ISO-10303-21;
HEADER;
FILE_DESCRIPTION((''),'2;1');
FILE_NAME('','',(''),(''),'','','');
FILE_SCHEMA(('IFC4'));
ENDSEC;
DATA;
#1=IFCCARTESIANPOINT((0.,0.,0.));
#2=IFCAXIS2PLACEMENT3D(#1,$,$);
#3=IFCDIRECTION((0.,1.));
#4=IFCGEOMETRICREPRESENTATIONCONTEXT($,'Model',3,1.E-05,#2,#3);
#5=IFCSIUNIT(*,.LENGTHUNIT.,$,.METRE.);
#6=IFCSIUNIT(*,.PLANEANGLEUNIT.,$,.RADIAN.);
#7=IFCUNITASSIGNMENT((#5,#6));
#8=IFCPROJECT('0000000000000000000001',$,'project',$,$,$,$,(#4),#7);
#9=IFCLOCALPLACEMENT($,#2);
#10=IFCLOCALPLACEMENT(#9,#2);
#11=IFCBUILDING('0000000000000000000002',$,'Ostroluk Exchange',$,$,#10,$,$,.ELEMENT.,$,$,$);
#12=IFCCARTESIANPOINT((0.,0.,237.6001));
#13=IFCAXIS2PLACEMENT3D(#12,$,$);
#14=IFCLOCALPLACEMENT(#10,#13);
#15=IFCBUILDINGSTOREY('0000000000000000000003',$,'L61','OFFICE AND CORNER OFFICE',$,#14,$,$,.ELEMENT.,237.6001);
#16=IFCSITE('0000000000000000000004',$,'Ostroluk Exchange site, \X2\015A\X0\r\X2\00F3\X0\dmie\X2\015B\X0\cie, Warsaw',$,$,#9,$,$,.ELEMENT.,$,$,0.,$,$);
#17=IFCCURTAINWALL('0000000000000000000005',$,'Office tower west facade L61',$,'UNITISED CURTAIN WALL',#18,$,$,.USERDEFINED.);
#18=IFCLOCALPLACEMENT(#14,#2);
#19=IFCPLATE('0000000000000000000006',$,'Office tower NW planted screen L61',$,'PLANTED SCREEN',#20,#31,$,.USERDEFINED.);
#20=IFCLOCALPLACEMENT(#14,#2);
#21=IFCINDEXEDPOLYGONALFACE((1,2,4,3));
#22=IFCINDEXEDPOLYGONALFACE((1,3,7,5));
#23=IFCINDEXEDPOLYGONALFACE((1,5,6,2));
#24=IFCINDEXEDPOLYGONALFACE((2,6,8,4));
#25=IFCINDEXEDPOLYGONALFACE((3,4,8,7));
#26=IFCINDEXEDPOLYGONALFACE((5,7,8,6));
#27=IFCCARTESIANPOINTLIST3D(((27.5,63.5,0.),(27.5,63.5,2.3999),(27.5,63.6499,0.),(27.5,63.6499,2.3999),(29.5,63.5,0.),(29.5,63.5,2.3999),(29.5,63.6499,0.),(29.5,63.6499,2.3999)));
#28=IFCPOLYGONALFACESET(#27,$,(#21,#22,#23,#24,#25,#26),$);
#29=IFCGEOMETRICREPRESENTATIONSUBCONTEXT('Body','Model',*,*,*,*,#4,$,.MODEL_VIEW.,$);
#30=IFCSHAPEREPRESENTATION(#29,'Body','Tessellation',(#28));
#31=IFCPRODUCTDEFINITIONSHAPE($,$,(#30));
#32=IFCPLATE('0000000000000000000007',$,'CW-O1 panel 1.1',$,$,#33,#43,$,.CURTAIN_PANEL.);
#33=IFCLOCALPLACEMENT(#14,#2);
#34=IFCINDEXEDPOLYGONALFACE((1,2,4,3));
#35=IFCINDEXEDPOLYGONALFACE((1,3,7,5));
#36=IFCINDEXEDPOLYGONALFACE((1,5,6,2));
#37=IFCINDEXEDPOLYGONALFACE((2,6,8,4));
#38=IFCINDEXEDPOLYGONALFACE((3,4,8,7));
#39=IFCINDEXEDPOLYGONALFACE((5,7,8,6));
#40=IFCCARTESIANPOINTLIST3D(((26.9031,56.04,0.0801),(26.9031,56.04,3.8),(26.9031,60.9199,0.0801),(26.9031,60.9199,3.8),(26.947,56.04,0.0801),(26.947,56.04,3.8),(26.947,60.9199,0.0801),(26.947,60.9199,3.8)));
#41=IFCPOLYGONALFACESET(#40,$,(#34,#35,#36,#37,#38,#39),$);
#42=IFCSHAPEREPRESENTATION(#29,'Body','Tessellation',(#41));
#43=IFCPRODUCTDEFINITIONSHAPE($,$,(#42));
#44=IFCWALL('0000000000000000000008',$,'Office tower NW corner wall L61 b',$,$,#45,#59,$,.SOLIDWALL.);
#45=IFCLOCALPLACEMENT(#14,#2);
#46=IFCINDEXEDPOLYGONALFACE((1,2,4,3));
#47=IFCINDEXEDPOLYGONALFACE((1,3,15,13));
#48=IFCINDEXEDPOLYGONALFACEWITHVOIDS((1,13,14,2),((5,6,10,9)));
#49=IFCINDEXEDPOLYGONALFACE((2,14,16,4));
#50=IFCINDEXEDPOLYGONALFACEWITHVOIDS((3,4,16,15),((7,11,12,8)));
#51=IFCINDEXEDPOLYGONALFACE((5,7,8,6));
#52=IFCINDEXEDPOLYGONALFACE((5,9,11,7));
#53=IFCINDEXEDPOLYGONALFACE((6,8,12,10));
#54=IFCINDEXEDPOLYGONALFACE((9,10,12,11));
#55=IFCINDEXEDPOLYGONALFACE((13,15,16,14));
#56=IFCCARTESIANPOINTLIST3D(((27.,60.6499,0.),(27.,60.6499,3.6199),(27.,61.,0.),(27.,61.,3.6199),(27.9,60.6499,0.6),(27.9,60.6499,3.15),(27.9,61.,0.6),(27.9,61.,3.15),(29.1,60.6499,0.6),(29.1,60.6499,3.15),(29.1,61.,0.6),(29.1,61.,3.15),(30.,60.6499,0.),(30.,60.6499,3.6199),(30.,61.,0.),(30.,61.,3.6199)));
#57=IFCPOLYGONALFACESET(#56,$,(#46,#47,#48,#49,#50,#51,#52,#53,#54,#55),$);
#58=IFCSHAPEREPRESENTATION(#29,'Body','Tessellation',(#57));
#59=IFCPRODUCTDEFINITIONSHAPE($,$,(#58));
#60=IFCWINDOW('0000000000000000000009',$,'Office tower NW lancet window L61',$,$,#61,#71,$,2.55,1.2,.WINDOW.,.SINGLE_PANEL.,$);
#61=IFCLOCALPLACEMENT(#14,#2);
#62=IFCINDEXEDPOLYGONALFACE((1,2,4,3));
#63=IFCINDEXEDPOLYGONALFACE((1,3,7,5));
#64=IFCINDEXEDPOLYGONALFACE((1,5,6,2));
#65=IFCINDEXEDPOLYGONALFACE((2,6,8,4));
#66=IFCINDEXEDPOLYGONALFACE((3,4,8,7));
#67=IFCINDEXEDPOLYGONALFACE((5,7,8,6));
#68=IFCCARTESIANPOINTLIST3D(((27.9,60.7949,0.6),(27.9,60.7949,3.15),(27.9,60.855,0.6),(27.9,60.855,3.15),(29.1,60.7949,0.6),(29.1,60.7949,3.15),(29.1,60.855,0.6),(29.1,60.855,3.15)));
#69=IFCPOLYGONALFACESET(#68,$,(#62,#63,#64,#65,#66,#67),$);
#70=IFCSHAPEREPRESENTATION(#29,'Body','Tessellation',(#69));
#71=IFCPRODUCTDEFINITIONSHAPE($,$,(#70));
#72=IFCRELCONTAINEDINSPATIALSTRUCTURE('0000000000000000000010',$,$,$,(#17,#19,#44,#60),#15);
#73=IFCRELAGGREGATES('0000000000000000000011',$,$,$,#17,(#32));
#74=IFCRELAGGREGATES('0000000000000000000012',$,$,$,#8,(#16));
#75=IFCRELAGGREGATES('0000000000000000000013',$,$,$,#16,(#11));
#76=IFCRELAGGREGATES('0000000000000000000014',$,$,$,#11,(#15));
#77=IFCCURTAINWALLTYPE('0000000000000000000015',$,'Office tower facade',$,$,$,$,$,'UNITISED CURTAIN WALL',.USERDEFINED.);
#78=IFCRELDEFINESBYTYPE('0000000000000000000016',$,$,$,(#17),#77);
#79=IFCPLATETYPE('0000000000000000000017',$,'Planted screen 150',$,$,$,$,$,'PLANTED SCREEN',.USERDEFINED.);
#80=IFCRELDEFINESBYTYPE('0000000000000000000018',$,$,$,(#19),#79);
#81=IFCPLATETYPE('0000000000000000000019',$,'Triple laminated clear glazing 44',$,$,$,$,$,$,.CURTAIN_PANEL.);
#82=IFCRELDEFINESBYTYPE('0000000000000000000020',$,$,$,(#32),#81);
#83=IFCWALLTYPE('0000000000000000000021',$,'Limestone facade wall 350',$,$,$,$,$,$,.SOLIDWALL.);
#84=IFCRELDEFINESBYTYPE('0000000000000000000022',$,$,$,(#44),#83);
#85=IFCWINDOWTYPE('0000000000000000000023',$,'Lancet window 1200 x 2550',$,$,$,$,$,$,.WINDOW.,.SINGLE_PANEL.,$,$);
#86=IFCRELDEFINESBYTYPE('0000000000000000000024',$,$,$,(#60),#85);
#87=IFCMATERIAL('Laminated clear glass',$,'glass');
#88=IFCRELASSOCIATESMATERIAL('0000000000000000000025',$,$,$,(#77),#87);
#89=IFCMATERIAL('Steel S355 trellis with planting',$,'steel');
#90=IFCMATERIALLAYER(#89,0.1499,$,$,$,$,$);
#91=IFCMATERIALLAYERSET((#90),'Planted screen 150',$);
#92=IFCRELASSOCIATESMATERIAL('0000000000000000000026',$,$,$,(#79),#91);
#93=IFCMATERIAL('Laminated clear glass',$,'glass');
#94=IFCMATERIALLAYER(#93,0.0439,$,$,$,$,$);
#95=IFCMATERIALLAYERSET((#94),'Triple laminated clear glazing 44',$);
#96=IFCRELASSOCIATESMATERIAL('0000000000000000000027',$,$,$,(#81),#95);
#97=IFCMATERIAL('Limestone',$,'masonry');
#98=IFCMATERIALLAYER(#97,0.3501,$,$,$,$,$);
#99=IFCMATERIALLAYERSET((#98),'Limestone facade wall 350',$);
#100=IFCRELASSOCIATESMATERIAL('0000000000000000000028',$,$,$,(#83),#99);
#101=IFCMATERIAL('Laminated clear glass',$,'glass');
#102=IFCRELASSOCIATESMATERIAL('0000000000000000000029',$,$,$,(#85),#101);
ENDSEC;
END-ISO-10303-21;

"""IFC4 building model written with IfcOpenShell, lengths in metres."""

from ifc_helpers import new_model, si_unit, direction, frame, frame_2d, origin, origin_2d, place, context, subcontext, project, spatial, rectangle, extrude, material, layer, layer_set, type_object, element, fill, aggregate, save


model = new_model("IFC4")

# Units and contexts
model_context = context("Model", 3, precision=1e-05, world=origin(), true_north=direction((0.0, 1.0)))
body_context = subcontext(model_context, "Body", "Model", "MODEL_VIEW")
ifc_project = project(units=[si_unit("LENGTHUNIT", "METRE"), si_unit("PLANEANGLEUNIT", "RADIAN")], contexts=[model_context])

# Site, building, storey
site_placement = place(None, origin())
site = spatial("IfcSite", under=ifc_project, at=site_placement, Name="Ostroluk Exchange site, Śródmieście, Warsaw", CompositionType="ELEMENT", RefElevation=0.0)
building_placement = place(site_placement, origin())
building = spatial("IfcBuilding", under=site, at=building_placement, Name="Ostroluk Exchange", CompositionType="ELEMENT")
storey_placement = place(building_placement, frame((0.0, 0.0, 237.6001)))
storey = spatial("IfcBuildingStorey", under=building, at=storey_placement, Name="L61", Description="OFFICE AND CORNER OFFICE", CompositionType="ELEMENT", Elevation=237.6001)

# Curtain wall
ifc_material_1 = material(Name="Laminated clear glass", Category="glass")
curtain_wall_type = type_object("IfcCurtainWallType", Name="Office tower facade", ElementType="UNITISED CURTAIN WALL", PredefinedType="USERDEFINED", material=ifc_material_1)
curtain_wall_1_placement = place(storey_placement, origin())
curtain_wall_1 = element("IfcCurtainWall", 1, at=curtain_wall_1_placement, inside=storey, type_object=curtain_wall_type, Name="Office tower west facade L61", ObjectType="UNITISED CURTAIN WALL", PredefinedType="USERDEFINED")

# Plates
ifc_material_2 = material(Name="Steel S355 trellis with planting", Category="steel")
ifc_layer_1 = layer(ifc_material_2, 0.1499)
ifc_layer_set_1 = layer_set([ifc_layer_1], Name="Planted screen 150")
plate_type_1 = type_object("IfcPlateType", Name="Planted screen 150", ElementType="PLANTED SCREEN", PredefinedType="USERDEFINED", material=ifc_layer_set_1)
plate_1_placement = place(storey_placement, frame((28.5, 63.575, 0.0), z_axis=(0.0, 0.0, 1.0), x_axis=(1.0, 0.0, 0.0)))
element("IfcPlate", 2, at=plate_1_placement, inside=storey, type_object=plate_type_1, Name="Office tower NW planted screen L61", ObjectType="PLANTED SCREEN", PredefinedType="USERDEFINED", context=body_context, shape_type="SweptSolid", body=[
    extrude(rectangle(XDim=2.0, YDim=0.1499, at=origin_2d()), origin(), (0.0, 0.0, 1.0), 2.3999),
])
ifc_material_3 = material(Name="Laminated clear glass", Category="glass")
ifc_layer_2 = layer(ifc_material_3, 0.0439)
ifc_layer_set_2 = layer_set([ifc_layer_2], Name="Triple laminated clear glazing 44")
plate_type_2 = type_object("IfcPlateType", Name="Triple laminated clear glazing 44", PredefinedType="CURTAIN_PANEL", material=ifc_layer_set_2)
plate_2_placement = place(storey_placement, frame((26.925, 58.48, 0.0801), z_axis=(0.0, 0.0, 1.0), x_axis=(0.0, -1.0, 0.0)))
plate_2 = element("IfcPlate", 3, at=plate_2_placement, type_object=plate_type_2, Name="CW-O1 panel 1.1", PredefinedType="CURTAIN_PANEL", context=body_context, shape_type="SweptSolid", body=[
    extrude(rectangle(XDim=4.8799, YDim=0.0439, at=origin_2d()), origin(), (0.0, 0.0, 1.0), 3.72),
])
aggregate(curtain_wall_1, [plate_2])

# Shared definitions
ifc_material_4 = material(Name="Limestone", Category="masonry")
ifc_layer_3 = layer(ifc_material_4, 0.3501)
ifc_layer_set_3 = layer_set([ifc_layer_3], Name="Limestone facade wall 350")
wall_type = type_object("IfcWallType", Name="Limestone facade wall 350", PredefinedType="SOLIDWALL", material=ifc_layer_set_3)

# Wall, opening, window
wall_1_placement = place(storey_placement, frame((30.0, 60.825, 0.0), z_axis=(0.0, 0.0, 1.0), x_axis=(-1.0, 0.0, 0.0)))
wall_1 = element("IfcWall", 4, at=wall_1_placement, inside=storey, type_object=wall_type, Name="Office tower NW corner wall L61 b", PredefinedType="SOLIDWALL", context=body_context, shape_type="SweptSolid", body=[
    extrude(rectangle(XDim=3.0, YDim=0.3501, at=frame_2d((1.5, 0.0))), origin(), (0.0, 0.0, 1.0), 3.6199),
])
opening_1_placement = place(wall_1_placement, frame((0.8999, 0.0, 0.6001)))
opening_1 = element("IfcOpeningElement", 5, at=opening_1_placement, cuts=wall_1, PredefinedType="OPENING", context=body_context, shape_type="SweptSolid", body=[
    extrude(rectangle(XDim=1.2, YDim=2.55, at=frame_2d((0.6001, 1.2749))), frame((0.0, 0.1851, 0.0), z_axis=(0.0, -1.0, 0.0), x_axis=(1.0, 0.0, 0.0)), (0.0, 0.0, 1.0), 0.3701),
])
ifc_material_5 = material(Name="Laminated clear glass", Category="glass")
window_type = type_object("IfcWindowType", Name="Lancet window 1200 x 2550", PartitioningType="SINGLE_PANEL", PredefinedType="WINDOW", material=ifc_material_5)
window_placement = place(opening_1_placement, origin())
window = element("IfcWindow", 6, at=window_placement, inside=storey, type_object=window_type, Name="Office tower NW lancet window L61", OverallHeight=2.55, OverallWidth=1.2, PartitioningType="SINGLE_PANEL", PredefinedType="WINDOW", context=body_context, shape_type="SweptSolid", body=[
    extrude(rectangle(XDim=1.2, YDim=2.55, at=frame_2d((0.6001, 1.2749))), frame((0.0, 0.03, 0.0), z_axis=(0.0, -1.0, 0.0), x_axis=(1.0, 0.0, 0.0)), (0.0, 0.0, 1.0), 0.0601),
])
fill(opening_1, window)

save(model, "model.ifc")
